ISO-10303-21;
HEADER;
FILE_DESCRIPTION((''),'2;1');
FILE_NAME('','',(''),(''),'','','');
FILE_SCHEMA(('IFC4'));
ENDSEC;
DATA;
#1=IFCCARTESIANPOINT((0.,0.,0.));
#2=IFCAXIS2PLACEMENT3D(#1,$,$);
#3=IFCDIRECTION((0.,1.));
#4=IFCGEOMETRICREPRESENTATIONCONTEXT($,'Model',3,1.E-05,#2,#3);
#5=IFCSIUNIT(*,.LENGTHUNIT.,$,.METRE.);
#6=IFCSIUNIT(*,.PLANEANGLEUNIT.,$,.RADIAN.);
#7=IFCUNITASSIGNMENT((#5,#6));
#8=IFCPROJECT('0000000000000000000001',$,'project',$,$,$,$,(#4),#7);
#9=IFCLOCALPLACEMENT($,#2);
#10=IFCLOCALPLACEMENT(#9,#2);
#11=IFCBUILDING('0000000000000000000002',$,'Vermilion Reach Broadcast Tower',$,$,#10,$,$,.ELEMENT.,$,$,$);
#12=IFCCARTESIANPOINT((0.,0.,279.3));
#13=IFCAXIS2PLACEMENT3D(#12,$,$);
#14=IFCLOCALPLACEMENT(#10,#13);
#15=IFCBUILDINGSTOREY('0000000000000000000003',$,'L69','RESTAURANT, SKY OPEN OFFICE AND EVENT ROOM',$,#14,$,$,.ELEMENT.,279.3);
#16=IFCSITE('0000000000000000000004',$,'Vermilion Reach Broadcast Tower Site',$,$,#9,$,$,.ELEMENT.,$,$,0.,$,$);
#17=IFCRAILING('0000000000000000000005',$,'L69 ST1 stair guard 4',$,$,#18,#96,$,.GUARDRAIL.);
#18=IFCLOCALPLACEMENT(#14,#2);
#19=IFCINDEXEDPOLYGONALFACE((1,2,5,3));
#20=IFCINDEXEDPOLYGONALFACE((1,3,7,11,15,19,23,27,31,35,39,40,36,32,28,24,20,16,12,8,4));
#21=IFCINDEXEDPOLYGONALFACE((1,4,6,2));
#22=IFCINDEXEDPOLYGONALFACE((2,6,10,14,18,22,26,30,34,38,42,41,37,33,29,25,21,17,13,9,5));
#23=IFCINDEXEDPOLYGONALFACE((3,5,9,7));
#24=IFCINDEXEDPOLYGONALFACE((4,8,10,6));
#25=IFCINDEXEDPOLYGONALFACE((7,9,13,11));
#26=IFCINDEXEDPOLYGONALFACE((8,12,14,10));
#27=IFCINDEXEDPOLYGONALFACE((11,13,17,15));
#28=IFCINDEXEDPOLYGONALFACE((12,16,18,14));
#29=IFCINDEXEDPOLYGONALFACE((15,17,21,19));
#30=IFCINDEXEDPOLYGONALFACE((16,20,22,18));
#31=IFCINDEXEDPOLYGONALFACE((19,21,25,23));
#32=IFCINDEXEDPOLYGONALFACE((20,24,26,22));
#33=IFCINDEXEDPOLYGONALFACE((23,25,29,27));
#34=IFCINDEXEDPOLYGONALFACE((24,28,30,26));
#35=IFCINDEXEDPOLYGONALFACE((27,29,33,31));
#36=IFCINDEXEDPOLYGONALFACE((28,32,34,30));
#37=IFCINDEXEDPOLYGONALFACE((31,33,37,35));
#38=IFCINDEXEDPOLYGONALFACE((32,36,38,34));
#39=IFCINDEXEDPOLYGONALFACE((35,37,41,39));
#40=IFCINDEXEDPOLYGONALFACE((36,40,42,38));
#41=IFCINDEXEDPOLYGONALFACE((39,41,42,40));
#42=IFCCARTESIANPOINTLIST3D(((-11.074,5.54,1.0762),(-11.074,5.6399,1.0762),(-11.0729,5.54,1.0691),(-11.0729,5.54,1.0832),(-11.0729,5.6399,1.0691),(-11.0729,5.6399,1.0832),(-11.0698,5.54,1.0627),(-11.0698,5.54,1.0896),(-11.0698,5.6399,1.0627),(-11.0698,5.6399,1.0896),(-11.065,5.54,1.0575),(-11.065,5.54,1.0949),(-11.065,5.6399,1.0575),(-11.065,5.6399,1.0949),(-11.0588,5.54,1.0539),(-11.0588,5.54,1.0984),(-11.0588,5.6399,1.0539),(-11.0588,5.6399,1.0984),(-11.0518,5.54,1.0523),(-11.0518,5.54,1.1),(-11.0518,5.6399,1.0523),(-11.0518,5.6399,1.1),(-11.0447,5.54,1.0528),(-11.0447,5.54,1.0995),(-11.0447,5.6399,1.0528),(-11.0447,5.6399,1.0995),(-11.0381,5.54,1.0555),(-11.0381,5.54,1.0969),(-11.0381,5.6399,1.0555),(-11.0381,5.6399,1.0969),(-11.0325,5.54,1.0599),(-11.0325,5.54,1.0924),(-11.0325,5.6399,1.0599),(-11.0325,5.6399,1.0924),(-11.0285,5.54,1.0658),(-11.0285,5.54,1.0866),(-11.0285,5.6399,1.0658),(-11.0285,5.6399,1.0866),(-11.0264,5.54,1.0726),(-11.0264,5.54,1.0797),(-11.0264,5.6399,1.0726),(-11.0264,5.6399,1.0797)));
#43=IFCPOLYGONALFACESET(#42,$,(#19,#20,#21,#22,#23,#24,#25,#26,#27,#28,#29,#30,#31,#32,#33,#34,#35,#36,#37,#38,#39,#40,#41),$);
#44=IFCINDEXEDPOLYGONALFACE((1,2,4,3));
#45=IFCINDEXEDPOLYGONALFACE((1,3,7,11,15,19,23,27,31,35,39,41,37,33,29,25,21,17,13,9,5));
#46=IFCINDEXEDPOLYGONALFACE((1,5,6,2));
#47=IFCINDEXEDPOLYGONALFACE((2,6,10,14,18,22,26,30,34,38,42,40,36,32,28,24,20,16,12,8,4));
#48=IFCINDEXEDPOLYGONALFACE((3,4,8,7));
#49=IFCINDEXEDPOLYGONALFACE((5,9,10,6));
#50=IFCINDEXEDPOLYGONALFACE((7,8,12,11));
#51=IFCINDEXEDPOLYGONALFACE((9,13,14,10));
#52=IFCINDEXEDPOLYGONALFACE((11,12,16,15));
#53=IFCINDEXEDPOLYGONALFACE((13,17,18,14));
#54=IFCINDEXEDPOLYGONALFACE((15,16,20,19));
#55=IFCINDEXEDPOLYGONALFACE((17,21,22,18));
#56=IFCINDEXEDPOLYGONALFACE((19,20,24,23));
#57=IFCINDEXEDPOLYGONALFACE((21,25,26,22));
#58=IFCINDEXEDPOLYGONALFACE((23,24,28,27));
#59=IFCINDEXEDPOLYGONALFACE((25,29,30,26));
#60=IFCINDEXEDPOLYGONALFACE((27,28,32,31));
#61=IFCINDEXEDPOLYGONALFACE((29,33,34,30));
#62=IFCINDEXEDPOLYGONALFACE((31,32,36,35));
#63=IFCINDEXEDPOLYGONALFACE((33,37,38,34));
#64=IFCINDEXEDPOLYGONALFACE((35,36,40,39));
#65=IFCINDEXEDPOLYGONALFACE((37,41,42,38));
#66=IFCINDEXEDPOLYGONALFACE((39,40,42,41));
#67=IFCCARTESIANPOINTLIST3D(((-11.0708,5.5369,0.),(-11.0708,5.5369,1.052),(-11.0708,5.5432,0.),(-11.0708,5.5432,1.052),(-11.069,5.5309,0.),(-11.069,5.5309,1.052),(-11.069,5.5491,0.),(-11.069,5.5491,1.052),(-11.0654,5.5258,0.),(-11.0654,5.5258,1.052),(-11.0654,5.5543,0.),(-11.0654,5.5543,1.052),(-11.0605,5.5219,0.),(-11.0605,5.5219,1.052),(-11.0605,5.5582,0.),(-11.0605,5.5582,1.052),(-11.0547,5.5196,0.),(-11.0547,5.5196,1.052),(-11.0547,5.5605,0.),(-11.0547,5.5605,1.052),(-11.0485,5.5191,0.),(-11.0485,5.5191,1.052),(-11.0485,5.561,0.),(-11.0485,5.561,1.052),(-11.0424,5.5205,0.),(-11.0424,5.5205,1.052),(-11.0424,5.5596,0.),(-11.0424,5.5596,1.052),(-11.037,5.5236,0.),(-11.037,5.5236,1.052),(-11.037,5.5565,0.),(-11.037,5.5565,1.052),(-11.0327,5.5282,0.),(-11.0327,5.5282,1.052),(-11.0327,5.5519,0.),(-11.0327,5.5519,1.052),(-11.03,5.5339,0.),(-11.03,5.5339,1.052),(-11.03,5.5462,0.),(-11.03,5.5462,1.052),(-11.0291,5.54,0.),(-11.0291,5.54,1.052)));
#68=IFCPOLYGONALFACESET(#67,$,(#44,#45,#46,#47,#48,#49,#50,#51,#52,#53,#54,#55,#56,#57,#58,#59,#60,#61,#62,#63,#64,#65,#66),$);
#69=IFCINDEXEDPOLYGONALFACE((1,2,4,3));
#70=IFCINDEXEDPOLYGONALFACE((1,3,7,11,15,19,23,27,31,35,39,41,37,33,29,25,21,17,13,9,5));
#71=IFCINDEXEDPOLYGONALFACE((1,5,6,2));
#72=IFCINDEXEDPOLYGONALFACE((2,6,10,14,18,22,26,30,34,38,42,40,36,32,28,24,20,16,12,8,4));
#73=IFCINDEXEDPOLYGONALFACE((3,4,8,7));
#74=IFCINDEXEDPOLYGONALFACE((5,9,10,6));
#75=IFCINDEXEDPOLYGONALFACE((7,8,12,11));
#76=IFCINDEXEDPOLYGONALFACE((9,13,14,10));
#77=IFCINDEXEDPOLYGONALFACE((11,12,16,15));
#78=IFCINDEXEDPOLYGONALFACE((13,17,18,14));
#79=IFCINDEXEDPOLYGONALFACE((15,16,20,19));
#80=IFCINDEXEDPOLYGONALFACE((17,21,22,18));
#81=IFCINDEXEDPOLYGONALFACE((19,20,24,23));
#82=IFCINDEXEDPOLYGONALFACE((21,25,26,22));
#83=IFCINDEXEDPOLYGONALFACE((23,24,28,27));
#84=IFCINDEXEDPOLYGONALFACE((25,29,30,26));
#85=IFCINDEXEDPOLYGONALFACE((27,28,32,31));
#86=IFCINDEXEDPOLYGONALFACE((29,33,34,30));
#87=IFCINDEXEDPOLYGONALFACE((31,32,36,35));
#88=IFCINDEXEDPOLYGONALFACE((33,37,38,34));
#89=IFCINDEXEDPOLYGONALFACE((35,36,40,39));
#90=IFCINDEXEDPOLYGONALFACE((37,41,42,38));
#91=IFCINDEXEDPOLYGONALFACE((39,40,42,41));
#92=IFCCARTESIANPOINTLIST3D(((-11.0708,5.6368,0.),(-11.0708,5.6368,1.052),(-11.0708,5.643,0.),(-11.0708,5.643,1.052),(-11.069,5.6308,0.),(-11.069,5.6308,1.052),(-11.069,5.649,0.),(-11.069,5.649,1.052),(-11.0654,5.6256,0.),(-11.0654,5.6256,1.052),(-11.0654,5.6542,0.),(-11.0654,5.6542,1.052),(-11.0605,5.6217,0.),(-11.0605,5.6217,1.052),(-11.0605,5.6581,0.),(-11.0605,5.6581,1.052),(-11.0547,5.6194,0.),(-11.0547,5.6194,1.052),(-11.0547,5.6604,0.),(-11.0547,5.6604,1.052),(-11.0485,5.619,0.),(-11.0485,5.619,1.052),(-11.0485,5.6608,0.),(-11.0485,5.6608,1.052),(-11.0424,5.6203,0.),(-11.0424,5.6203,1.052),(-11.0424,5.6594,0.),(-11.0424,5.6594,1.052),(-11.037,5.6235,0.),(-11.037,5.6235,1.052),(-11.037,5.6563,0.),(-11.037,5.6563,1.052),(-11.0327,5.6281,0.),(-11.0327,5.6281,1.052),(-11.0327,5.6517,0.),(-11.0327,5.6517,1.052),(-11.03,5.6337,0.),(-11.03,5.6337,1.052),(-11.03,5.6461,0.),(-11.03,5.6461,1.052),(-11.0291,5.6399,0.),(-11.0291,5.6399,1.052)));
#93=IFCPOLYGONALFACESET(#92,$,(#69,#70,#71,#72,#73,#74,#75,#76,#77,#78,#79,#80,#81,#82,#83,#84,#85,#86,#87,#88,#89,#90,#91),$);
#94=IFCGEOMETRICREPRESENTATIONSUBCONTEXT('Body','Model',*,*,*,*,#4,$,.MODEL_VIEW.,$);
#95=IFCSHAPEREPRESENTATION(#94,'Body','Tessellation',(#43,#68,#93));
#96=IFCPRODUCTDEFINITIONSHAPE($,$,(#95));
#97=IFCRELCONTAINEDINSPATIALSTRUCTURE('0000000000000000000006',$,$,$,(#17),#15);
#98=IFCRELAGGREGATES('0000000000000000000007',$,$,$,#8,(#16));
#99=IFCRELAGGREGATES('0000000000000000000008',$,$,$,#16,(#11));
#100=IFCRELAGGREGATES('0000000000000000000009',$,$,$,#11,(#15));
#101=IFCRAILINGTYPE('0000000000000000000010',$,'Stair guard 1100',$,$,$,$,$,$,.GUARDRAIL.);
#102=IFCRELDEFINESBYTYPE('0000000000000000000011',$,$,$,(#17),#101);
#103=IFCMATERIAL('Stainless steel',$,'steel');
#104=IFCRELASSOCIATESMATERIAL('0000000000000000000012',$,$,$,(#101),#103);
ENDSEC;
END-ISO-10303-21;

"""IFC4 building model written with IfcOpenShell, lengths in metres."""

from ifc_helpers import new_model, si_unit, direction, frame, origin, origin_2d, place, context, subcontext, project, spatial, circle, extrude, material, type_object, element, save


model = new_model("IFC4")

# Units and contexts
model_context = context("Model", 3, precision=1e-05, world=origin(), true_north=direction((0.0, 1.0)))
body_context = subcontext(model_context, "Body", "Model", "MODEL_VIEW")
ifc_project = project(units=[si_unit("LENGTHUNIT", "METRE"), si_unit("PLANEANGLEUNIT", "RADIAN")], contexts=[model_context])

# Site, building, storey
site_placement = place(None, origin())
site = spatial("IfcSite", under=ifc_project, at=site_placement, Name="Vermilion Reach Broadcast Tower Site", CompositionType="ELEMENT", RefElevation=0.0)
building_placement = place(site_placement, origin())
building = spatial("IfcBuilding", under=site, at=building_placement, Name="Vermilion Reach Broadcast Tower", CompositionType="ELEMENT")
storey_placement = place(building_placement, frame((0.0, 0.0, 279.3)))
storey = spatial("IfcBuildingStorey", under=building, at=storey_placement, Name="L69", Description="RESTAURANT, SKY OPEN OFFICE AND EVENT ROOM", CompositionType="ELEMENT", Elevation=279.3)

# Railing
ifc_material_1 = material(Name="Stainless steel", Category="steel")
railing_type_1 = type_object("IfcRailingType", Name="Stair guard 1100", PredefinedType="GUARDRAIL", material=ifc_material_1)
railing_1_placement = place(storey_placement, frame((-11.05, 5.54, 0.0)))
element("IfcRailing", 1, at=railing_1_placement, inside=storey, type_object=railing_type_1, Name="L69 ST1 stair guard 4", PredefinedType="GUARDRAIL", context=body_context, shape_type="SweptSolid", body=[
    extrude(circle(Radius=0.0239, at=origin_2d()), frame((0.0, 0.0, 1.0762), z_axis=(0.0, 1.0, 0.0), x_axis=(-1.0, 0.0, 0.0)), (0.0, 0.0, 1.0), 0.0999),
    extrude(circle(Radius=0.021, at=origin_2d()), origin(), (0.0, 0.0, 1.0), 1.052),
    extrude(circle(Radius=0.021, at=origin_2d()), frame((0.0, 0.0999, 0.0)), (0.0, 0.0, 1.0), 1.052),
])

save(model, "model.ifc")
